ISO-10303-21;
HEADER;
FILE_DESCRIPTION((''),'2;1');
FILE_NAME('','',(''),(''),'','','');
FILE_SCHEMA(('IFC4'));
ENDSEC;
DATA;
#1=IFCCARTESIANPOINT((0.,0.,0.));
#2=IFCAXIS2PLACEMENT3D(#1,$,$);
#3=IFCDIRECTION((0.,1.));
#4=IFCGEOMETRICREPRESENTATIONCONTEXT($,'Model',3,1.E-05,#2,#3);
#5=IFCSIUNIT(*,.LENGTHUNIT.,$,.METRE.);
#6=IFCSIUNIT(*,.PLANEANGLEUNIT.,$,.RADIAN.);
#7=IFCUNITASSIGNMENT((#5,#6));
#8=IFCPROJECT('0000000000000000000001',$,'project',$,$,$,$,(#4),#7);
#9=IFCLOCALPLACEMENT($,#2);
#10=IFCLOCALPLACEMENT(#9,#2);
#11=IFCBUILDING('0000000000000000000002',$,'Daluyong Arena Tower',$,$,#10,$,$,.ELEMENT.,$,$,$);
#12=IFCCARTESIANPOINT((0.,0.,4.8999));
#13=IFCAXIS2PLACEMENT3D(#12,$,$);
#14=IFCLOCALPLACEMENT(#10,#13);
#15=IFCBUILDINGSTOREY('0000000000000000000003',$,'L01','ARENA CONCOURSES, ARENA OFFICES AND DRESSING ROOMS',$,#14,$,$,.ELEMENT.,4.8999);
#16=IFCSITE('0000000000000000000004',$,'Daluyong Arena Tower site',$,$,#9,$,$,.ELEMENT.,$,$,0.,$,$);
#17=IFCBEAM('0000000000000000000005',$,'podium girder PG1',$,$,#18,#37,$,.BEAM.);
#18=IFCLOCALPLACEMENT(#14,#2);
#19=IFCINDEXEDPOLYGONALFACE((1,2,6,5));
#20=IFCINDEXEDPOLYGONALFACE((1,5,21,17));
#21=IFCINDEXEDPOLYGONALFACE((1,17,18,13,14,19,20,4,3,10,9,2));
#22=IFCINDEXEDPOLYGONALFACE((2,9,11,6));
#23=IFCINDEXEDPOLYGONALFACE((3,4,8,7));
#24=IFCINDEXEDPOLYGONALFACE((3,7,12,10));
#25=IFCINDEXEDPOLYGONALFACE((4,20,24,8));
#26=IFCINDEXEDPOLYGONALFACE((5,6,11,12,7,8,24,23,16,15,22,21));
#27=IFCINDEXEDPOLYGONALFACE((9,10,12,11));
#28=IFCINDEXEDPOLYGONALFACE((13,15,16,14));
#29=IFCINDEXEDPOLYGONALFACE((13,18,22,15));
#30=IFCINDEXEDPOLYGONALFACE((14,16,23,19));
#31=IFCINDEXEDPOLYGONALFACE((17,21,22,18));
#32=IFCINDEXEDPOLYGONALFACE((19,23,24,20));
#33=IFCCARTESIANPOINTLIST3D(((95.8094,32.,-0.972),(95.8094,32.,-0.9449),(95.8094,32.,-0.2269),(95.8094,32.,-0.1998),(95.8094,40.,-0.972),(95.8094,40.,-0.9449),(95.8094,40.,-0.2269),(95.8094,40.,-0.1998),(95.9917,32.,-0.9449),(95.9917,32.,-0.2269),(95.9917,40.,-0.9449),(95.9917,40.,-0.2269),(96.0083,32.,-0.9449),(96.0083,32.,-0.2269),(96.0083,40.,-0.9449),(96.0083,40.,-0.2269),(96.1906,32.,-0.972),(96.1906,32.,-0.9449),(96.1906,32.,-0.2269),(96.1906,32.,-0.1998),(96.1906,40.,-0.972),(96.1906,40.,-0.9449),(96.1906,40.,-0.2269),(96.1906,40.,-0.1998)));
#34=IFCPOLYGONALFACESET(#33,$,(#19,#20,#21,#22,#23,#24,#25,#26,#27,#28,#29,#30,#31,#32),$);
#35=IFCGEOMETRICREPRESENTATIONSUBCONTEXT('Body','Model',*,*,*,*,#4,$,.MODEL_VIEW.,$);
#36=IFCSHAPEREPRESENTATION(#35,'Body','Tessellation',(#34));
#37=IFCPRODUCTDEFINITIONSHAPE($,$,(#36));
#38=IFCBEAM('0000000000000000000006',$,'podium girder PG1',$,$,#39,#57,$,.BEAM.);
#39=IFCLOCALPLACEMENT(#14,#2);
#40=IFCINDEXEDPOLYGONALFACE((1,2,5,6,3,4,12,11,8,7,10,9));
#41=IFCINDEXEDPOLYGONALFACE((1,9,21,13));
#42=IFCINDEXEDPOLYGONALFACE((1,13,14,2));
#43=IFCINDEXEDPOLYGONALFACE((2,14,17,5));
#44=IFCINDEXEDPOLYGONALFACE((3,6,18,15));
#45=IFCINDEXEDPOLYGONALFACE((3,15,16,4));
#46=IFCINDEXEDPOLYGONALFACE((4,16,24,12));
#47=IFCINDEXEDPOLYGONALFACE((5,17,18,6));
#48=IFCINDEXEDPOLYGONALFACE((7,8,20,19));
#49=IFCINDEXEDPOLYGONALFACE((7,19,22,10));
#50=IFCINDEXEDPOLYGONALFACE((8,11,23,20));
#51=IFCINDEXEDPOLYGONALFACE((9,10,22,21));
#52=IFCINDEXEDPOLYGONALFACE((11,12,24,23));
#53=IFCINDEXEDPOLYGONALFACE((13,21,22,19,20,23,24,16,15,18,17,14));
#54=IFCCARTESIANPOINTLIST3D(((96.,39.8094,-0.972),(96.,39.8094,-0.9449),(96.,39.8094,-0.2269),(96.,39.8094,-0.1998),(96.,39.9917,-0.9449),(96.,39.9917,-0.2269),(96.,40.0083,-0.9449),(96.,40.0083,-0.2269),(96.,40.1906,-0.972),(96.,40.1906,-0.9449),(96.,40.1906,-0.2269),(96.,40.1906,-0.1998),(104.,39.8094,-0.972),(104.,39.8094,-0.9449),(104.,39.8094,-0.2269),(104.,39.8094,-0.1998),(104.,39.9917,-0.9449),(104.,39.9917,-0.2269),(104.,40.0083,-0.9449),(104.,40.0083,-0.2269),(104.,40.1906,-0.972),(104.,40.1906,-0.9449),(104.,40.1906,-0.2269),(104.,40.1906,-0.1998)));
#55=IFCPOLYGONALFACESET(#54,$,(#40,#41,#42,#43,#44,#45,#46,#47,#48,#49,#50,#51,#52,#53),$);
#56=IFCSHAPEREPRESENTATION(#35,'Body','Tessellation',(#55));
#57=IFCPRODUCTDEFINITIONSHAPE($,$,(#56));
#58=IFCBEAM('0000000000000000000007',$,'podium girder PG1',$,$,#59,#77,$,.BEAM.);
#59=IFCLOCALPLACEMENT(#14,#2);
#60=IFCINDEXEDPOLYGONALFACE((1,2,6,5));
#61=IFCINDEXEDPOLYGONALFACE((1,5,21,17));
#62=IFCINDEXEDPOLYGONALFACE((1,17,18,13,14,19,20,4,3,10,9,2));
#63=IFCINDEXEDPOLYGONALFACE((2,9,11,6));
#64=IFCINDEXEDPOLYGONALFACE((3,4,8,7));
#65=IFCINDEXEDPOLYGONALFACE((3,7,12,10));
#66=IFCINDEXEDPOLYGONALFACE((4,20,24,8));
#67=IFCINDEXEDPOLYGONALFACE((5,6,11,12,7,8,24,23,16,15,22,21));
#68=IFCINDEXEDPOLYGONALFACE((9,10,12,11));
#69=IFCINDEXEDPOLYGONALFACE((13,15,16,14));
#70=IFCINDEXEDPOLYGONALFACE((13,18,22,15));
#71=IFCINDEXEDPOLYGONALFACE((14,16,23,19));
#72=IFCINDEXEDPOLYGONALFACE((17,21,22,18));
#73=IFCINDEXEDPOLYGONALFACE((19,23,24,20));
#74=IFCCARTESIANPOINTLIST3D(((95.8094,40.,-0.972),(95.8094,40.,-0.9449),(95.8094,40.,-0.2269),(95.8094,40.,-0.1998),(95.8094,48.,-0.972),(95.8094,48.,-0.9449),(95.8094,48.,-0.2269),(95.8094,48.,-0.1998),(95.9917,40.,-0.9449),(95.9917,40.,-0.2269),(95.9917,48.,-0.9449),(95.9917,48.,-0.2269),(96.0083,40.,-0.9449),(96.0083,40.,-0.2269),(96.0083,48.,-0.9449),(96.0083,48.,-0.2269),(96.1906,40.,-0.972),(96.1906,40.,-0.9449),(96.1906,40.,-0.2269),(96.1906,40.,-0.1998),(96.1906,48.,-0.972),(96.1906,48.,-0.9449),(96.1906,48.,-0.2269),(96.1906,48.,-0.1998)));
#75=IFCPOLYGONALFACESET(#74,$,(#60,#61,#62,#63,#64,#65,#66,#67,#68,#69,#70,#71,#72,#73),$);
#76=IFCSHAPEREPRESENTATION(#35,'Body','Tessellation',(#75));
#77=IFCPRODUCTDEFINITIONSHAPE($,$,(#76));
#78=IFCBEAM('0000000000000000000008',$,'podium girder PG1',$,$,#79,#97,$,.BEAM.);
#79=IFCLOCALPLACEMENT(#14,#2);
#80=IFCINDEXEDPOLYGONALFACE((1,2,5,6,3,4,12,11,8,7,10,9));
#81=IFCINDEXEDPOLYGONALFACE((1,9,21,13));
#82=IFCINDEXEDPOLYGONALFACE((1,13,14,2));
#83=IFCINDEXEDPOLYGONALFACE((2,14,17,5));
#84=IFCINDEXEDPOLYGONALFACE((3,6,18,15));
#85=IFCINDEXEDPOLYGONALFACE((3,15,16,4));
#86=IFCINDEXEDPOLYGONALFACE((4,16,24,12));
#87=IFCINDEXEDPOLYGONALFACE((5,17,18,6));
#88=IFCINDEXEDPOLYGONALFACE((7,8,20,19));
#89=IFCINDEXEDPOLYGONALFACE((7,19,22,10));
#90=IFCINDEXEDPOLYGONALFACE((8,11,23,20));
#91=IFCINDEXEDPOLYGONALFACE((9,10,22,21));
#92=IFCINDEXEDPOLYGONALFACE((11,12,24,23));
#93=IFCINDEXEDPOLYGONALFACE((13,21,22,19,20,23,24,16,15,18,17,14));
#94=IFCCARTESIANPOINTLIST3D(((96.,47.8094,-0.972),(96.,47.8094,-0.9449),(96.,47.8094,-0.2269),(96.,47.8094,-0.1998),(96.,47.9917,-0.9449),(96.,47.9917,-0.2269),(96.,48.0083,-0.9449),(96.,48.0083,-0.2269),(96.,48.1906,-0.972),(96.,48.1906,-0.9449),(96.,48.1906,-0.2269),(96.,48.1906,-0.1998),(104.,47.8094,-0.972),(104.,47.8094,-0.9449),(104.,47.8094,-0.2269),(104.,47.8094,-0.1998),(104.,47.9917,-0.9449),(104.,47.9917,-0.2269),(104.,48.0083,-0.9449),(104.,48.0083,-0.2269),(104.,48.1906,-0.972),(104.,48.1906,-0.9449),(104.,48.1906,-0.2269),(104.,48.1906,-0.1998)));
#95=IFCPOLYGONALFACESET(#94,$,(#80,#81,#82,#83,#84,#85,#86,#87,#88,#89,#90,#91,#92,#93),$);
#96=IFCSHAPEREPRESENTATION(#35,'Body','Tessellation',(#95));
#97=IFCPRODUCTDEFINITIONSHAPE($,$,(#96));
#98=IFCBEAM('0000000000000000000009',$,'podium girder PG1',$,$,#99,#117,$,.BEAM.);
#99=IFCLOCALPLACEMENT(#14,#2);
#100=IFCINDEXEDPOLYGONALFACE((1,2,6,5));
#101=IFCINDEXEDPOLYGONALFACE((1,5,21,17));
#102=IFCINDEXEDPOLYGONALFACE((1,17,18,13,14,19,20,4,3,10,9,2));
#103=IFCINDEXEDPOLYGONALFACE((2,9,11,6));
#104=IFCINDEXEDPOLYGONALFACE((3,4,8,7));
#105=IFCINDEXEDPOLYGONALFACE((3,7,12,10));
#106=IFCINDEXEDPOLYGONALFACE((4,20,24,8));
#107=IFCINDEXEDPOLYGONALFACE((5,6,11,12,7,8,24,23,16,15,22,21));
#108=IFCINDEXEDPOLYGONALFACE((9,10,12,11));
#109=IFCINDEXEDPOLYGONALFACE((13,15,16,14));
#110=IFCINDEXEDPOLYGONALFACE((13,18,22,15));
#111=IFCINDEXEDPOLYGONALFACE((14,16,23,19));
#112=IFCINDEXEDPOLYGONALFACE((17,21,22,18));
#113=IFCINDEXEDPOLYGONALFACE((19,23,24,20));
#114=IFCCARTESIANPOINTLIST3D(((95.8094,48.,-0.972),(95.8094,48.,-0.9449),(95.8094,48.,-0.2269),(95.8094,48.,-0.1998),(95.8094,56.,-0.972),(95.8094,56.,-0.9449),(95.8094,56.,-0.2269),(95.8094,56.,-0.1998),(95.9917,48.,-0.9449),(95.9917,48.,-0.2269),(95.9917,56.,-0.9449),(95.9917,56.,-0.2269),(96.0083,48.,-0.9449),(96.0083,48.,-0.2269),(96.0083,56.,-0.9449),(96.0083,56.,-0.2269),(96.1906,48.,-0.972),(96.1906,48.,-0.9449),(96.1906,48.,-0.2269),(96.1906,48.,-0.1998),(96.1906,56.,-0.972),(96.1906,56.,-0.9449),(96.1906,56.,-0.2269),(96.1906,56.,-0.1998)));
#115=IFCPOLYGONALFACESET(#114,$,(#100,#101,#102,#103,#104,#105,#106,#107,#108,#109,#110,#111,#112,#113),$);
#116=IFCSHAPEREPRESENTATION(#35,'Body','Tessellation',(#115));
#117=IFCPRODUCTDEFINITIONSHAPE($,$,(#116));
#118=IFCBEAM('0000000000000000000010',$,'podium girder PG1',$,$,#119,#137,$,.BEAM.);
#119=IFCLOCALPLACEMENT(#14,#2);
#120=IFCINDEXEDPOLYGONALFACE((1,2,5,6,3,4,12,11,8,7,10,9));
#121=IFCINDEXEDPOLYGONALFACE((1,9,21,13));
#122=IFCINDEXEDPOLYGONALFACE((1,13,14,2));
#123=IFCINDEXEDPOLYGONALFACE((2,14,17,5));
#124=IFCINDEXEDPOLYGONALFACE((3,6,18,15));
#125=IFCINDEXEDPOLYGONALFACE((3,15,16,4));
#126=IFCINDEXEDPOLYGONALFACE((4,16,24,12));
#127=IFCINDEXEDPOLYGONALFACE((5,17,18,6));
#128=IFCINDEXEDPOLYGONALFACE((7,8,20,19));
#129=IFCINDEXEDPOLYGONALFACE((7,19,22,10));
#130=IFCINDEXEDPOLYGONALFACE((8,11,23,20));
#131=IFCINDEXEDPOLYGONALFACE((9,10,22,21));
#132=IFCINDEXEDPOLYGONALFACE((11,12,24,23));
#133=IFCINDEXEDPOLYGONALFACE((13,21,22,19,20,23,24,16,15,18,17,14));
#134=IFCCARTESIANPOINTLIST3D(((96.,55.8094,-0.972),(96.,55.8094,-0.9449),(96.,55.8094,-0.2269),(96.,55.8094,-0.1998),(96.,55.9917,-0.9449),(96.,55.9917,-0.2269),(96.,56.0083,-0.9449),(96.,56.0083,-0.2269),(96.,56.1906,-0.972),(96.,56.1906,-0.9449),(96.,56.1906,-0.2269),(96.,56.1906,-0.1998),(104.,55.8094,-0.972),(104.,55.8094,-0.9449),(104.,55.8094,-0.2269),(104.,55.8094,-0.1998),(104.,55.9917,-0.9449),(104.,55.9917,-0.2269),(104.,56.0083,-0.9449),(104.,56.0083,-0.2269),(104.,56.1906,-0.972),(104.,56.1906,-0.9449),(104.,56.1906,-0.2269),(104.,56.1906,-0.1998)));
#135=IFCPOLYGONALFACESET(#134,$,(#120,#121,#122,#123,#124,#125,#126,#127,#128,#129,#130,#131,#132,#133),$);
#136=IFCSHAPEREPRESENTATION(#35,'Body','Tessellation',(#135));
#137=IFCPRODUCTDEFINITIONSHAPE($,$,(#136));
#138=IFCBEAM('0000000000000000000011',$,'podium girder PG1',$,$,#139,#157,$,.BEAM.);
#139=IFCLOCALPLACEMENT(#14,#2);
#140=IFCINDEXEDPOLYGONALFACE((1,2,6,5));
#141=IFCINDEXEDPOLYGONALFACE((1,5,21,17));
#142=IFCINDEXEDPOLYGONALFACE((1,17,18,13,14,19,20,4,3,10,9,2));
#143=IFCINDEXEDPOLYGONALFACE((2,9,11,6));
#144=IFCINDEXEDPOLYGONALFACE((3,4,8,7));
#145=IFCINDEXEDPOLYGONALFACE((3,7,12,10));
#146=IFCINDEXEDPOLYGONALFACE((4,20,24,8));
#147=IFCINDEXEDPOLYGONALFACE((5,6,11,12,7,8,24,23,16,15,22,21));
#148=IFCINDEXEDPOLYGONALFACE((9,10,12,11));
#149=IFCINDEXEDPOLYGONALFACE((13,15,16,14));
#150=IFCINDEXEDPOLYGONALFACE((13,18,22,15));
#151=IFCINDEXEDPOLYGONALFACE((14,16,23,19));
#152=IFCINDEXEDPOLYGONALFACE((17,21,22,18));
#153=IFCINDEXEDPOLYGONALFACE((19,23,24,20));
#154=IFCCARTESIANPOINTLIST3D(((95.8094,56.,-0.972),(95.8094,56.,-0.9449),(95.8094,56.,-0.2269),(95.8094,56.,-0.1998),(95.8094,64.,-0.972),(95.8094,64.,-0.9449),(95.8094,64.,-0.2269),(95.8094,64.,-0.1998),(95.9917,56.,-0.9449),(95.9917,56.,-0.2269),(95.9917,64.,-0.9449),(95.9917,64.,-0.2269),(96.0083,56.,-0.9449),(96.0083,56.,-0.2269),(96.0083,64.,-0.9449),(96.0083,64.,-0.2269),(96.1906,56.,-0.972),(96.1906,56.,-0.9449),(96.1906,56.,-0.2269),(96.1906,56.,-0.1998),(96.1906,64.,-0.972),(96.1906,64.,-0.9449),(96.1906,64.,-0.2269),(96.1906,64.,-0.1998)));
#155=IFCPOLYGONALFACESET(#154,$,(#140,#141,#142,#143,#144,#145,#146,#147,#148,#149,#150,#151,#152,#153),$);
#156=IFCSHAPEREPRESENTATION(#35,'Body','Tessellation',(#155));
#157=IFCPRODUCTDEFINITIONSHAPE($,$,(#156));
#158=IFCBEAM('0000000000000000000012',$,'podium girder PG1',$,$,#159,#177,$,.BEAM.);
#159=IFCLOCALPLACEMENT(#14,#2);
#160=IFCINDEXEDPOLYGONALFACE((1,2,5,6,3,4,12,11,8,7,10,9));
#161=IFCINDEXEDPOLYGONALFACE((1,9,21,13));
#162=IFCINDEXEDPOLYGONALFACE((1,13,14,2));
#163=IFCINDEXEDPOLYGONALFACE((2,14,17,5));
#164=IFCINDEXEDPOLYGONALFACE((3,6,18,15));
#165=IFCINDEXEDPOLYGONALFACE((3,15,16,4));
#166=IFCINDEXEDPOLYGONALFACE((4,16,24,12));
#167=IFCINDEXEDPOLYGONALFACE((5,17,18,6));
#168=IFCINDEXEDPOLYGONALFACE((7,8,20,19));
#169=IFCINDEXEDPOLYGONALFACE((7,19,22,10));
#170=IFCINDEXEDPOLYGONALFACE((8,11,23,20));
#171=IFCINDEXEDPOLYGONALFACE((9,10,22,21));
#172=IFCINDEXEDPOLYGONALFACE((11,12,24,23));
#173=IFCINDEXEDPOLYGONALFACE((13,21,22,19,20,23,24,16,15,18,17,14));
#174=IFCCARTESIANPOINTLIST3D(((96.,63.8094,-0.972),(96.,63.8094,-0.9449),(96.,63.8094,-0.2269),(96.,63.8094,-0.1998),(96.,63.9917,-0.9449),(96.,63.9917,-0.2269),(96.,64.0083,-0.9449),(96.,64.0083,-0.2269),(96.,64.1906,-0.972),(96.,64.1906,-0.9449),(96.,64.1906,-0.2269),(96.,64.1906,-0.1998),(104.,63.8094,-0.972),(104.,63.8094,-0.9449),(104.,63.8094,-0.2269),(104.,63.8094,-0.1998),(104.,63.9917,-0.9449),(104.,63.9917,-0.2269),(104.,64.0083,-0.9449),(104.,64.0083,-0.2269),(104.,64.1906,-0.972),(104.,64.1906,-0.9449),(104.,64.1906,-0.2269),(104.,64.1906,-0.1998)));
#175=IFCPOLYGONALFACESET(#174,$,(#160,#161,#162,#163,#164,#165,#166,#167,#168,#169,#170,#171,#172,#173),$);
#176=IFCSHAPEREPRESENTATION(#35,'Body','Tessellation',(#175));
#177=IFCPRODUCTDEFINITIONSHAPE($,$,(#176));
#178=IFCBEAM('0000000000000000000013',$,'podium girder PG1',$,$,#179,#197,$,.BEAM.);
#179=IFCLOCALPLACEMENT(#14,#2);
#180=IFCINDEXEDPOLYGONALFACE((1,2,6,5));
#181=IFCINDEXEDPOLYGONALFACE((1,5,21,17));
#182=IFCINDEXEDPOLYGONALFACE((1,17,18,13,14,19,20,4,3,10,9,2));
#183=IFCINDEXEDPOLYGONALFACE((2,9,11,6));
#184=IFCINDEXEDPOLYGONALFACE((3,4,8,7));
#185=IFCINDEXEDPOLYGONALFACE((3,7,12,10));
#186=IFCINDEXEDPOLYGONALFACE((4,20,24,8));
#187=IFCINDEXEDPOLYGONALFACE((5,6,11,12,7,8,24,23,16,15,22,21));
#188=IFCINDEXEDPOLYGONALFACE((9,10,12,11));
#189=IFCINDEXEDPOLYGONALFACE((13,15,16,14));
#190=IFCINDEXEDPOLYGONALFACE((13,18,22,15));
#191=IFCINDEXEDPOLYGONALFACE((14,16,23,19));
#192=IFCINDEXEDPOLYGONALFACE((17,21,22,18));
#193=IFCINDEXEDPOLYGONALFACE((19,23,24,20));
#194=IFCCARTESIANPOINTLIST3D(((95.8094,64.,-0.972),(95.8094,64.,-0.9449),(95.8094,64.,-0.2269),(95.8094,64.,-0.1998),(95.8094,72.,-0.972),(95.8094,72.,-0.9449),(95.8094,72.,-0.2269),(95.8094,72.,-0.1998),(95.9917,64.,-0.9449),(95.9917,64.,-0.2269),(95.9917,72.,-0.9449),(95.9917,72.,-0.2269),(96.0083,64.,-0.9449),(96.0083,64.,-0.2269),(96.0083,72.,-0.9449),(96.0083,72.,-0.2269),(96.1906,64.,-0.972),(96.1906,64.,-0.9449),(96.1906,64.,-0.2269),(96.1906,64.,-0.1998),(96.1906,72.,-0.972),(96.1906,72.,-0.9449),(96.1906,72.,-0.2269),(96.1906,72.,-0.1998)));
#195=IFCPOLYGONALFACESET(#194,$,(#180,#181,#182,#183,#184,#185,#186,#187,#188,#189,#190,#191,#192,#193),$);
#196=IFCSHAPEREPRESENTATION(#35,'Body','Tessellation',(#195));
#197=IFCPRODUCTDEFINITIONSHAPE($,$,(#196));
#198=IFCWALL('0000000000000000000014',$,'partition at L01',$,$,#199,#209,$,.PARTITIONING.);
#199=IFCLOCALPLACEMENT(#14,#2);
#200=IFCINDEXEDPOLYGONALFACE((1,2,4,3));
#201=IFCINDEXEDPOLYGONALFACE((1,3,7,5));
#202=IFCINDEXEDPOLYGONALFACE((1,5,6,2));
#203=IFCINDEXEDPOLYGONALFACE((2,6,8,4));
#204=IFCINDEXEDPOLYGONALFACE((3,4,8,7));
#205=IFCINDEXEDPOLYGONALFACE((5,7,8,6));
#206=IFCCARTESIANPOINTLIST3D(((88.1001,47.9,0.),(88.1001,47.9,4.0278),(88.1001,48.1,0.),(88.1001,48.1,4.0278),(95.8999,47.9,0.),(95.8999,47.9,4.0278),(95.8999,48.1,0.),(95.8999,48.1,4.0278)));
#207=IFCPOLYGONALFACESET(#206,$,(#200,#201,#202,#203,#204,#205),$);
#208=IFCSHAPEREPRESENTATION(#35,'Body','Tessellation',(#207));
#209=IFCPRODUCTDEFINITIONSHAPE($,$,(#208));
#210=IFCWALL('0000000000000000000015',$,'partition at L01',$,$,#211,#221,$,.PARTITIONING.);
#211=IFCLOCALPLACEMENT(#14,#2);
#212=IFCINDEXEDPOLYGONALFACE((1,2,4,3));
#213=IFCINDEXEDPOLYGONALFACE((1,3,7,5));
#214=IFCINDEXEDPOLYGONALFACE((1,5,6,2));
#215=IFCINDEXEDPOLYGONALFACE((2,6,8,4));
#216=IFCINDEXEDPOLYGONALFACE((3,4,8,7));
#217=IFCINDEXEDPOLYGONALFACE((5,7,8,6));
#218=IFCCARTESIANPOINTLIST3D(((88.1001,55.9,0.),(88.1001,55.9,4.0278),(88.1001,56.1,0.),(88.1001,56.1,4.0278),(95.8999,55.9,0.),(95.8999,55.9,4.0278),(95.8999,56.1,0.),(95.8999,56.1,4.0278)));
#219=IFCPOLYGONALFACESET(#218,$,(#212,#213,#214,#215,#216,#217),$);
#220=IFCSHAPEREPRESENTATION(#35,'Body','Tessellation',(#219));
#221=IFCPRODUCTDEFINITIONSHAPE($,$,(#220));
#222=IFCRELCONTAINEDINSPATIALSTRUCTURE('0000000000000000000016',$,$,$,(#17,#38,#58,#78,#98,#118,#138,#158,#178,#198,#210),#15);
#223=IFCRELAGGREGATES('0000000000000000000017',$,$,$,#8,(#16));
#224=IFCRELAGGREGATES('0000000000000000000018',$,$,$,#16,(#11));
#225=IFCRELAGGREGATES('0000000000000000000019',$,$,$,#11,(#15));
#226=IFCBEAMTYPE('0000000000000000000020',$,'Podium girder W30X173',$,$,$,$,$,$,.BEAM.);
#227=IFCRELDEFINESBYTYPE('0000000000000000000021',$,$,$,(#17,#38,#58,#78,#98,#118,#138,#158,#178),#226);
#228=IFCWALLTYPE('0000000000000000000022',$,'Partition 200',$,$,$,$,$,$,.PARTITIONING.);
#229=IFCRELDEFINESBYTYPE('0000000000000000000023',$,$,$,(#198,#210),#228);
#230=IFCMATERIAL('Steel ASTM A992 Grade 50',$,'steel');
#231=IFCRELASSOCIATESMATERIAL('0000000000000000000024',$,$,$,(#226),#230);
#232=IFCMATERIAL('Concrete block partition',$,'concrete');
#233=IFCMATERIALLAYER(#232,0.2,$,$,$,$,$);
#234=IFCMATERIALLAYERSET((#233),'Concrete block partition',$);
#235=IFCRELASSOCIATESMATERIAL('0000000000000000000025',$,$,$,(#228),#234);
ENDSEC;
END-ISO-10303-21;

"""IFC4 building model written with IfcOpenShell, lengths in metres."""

from ifc_helpers import new_model, si_unit, direction, frame, frame_2d, origin, origin_2d, place, context, subcontext, project, spatial, rectangle, i_section, extrude, material, layer, layer_set, material_profile, profile_set, type_object, element, save


model = new_model("IFC4")

# Units and contexts
model_context = context("Model", 3, precision=1e-05, world=origin(), true_north=direction((0.0, 1.0)))
body_context = subcontext(model_context, "Body", "Model", "MODEL_VIEW")
ifc_project = project(units=[si_unit("LENGTHUNIT", "METRE"), si_unit("PLANEANGLEUNIT", "RADIAN")], contexts=[model_context])

# Site, building, storey
site_placement = place(None, origin())
site = spatial("IfcSite", under=ifc_project, at=site_placement, Name="Daluyong Arena Tower site", CompositionType="ELEMENT", RefElevation=0.0)
building_placement = place(site_placement, origin())
building = spatial("IfcBuilding", under=site, at=building_placement, Name="Daluyong Arena Tower", CompositionType="ELEMENT")
storey_placement = place(building_placement, frame((0.0, 0.0, 4.8999)))
storey = spatial("IfcBuildingStorey", under=building, at=storey_placement, Name="L01", Description="ARENA CONCOURSES, ARENA OFFICES AND DRESSING ROOMS", CompositionType="ELEMENT", Elevation=4.8999)

# Beams
ifc_material_1 = material(Name="Steel ASTM A992 Grade 50", Category="steel")
ifc_material_profile_1 = material_profile(ifc_material_1, i_section(OverallWidth=0.3811, OverallDepth=0.7722, WebThickness=0.0166, FlangeThickness=0.0271, at=origin_2d()))
ifc_profile_set_1 = profile_set([ifc_material_profile_1], Name="Steel ASTM A992 Grade 50")
beam_type_1 = type_object("IfcBeamType", Name="Podium girder W30X173", PredefinedType="BEAM", material=ifc_profile_set_1)
for number, where, z_axis, x_axis, name in (
    (1, (96.0, 32.0, -0.5859), (0.0, 1.0, 0.0), (-1.0, 0.0, 0.0), "podium girder PG1"),
    (2, (96.0, 40.0, -0.5859), (1.0, 0.0, 0.0), (0.0, 1.0, 0.0), "podium girder PG1"),
    (3, (96.0, 40.0, -0.5859), (0.0, 1.0, 0.0), (-1.0, 0.0, 0.0), "podium girder PG1"),
    (4, (96.0, 48.0, -0.5859), (1.0, 0.0, 0.0), (0.0, 1.0, 0.0), "podium girder PG1"),
    (5, (96.0, 48.0, -0.5859), (0.0, 1.0, 0.0), (-1.0, 0.0, 0.0), "podium girder PG1"),
    (6, (96.0, 56.0, -0.5859), (1.0, 0.0, 0.0), (0.0, 1.0, 0.0), "podium girder PG1"),
    (7, (96.0, 56.0, -0.5859), (0.0, 1.0, 0.0), (-1.0, 0.0, 0.0), "podium girder PG1"),
    (8, (96.0, 64.0, -0.5859), (1.0, 0.0, 0.0), (0.0, 1.0, 0.0), "podium girder PG1"),
    (9, (96.0, 64.0, -0.5859), (0.0, 1.0, 0.0), (-1.0, 0.0, 0.0), "podium girder PG1"),
):
    element("IfcBeam", number, at=place(storey_placement, frame(where, z_axis=z_axis, x_axis=x_axis)), inside=storey, type_object=beam_type_1, Name=name, PredefinedType="BEAM", context=body_context, shape_type="SweptSolid", body=[
        extrude(i_section(OverallWidth=0.3811, OverallDepth=0.7722, WebThickness=0.0166, FlangeThickness=0.0271, at=origin_2d()), origin(), (0.0, 0.0, 1.0), 8.0),
    ])

# Walls
ifc_material_2 = material(Name="Concrete block partition", Category="concrete")
ifc_layer = layer(ifc_material_2, 0.2)
ifc_layer_set = layer_set([ifc_layer], Name="Concrete block partition")
wall_type = type_object("IfcWallType", Name="Partition 200", PredefinedType="PARTITIONING", material=ifc_layer_set)
for number, where, z_axis, x_axis, name in (
    (10, (88.1001, 48.0, 0.0), (0.0, 0.0, 1.0), (1.0, 0.0, 0.0), "partition at L01"),
    (11, (88.1001, 56.0, 0.0), (0.0, 0.0, 1.0), (1.0, 0.0, 0.0), "partition at L01"),
):
    element("IfcWall", number, at=place(storey_placement, frame(where, z_axis=z_axis, x_axis=x_axis)), inside=storey, type_object=wall_type, Name=name, PredefinedType="PARTITIONING", context=body_context, shape_type="SweptSolid", body=[
        extrude(rectangle(XDim=7.7998, YDim=0.2, at=frame_2d((3.8999, 0.0))), origin(), (0.0, 0.0, 1.0), 4.0278),
    ])

save(model, "model.ifc")
